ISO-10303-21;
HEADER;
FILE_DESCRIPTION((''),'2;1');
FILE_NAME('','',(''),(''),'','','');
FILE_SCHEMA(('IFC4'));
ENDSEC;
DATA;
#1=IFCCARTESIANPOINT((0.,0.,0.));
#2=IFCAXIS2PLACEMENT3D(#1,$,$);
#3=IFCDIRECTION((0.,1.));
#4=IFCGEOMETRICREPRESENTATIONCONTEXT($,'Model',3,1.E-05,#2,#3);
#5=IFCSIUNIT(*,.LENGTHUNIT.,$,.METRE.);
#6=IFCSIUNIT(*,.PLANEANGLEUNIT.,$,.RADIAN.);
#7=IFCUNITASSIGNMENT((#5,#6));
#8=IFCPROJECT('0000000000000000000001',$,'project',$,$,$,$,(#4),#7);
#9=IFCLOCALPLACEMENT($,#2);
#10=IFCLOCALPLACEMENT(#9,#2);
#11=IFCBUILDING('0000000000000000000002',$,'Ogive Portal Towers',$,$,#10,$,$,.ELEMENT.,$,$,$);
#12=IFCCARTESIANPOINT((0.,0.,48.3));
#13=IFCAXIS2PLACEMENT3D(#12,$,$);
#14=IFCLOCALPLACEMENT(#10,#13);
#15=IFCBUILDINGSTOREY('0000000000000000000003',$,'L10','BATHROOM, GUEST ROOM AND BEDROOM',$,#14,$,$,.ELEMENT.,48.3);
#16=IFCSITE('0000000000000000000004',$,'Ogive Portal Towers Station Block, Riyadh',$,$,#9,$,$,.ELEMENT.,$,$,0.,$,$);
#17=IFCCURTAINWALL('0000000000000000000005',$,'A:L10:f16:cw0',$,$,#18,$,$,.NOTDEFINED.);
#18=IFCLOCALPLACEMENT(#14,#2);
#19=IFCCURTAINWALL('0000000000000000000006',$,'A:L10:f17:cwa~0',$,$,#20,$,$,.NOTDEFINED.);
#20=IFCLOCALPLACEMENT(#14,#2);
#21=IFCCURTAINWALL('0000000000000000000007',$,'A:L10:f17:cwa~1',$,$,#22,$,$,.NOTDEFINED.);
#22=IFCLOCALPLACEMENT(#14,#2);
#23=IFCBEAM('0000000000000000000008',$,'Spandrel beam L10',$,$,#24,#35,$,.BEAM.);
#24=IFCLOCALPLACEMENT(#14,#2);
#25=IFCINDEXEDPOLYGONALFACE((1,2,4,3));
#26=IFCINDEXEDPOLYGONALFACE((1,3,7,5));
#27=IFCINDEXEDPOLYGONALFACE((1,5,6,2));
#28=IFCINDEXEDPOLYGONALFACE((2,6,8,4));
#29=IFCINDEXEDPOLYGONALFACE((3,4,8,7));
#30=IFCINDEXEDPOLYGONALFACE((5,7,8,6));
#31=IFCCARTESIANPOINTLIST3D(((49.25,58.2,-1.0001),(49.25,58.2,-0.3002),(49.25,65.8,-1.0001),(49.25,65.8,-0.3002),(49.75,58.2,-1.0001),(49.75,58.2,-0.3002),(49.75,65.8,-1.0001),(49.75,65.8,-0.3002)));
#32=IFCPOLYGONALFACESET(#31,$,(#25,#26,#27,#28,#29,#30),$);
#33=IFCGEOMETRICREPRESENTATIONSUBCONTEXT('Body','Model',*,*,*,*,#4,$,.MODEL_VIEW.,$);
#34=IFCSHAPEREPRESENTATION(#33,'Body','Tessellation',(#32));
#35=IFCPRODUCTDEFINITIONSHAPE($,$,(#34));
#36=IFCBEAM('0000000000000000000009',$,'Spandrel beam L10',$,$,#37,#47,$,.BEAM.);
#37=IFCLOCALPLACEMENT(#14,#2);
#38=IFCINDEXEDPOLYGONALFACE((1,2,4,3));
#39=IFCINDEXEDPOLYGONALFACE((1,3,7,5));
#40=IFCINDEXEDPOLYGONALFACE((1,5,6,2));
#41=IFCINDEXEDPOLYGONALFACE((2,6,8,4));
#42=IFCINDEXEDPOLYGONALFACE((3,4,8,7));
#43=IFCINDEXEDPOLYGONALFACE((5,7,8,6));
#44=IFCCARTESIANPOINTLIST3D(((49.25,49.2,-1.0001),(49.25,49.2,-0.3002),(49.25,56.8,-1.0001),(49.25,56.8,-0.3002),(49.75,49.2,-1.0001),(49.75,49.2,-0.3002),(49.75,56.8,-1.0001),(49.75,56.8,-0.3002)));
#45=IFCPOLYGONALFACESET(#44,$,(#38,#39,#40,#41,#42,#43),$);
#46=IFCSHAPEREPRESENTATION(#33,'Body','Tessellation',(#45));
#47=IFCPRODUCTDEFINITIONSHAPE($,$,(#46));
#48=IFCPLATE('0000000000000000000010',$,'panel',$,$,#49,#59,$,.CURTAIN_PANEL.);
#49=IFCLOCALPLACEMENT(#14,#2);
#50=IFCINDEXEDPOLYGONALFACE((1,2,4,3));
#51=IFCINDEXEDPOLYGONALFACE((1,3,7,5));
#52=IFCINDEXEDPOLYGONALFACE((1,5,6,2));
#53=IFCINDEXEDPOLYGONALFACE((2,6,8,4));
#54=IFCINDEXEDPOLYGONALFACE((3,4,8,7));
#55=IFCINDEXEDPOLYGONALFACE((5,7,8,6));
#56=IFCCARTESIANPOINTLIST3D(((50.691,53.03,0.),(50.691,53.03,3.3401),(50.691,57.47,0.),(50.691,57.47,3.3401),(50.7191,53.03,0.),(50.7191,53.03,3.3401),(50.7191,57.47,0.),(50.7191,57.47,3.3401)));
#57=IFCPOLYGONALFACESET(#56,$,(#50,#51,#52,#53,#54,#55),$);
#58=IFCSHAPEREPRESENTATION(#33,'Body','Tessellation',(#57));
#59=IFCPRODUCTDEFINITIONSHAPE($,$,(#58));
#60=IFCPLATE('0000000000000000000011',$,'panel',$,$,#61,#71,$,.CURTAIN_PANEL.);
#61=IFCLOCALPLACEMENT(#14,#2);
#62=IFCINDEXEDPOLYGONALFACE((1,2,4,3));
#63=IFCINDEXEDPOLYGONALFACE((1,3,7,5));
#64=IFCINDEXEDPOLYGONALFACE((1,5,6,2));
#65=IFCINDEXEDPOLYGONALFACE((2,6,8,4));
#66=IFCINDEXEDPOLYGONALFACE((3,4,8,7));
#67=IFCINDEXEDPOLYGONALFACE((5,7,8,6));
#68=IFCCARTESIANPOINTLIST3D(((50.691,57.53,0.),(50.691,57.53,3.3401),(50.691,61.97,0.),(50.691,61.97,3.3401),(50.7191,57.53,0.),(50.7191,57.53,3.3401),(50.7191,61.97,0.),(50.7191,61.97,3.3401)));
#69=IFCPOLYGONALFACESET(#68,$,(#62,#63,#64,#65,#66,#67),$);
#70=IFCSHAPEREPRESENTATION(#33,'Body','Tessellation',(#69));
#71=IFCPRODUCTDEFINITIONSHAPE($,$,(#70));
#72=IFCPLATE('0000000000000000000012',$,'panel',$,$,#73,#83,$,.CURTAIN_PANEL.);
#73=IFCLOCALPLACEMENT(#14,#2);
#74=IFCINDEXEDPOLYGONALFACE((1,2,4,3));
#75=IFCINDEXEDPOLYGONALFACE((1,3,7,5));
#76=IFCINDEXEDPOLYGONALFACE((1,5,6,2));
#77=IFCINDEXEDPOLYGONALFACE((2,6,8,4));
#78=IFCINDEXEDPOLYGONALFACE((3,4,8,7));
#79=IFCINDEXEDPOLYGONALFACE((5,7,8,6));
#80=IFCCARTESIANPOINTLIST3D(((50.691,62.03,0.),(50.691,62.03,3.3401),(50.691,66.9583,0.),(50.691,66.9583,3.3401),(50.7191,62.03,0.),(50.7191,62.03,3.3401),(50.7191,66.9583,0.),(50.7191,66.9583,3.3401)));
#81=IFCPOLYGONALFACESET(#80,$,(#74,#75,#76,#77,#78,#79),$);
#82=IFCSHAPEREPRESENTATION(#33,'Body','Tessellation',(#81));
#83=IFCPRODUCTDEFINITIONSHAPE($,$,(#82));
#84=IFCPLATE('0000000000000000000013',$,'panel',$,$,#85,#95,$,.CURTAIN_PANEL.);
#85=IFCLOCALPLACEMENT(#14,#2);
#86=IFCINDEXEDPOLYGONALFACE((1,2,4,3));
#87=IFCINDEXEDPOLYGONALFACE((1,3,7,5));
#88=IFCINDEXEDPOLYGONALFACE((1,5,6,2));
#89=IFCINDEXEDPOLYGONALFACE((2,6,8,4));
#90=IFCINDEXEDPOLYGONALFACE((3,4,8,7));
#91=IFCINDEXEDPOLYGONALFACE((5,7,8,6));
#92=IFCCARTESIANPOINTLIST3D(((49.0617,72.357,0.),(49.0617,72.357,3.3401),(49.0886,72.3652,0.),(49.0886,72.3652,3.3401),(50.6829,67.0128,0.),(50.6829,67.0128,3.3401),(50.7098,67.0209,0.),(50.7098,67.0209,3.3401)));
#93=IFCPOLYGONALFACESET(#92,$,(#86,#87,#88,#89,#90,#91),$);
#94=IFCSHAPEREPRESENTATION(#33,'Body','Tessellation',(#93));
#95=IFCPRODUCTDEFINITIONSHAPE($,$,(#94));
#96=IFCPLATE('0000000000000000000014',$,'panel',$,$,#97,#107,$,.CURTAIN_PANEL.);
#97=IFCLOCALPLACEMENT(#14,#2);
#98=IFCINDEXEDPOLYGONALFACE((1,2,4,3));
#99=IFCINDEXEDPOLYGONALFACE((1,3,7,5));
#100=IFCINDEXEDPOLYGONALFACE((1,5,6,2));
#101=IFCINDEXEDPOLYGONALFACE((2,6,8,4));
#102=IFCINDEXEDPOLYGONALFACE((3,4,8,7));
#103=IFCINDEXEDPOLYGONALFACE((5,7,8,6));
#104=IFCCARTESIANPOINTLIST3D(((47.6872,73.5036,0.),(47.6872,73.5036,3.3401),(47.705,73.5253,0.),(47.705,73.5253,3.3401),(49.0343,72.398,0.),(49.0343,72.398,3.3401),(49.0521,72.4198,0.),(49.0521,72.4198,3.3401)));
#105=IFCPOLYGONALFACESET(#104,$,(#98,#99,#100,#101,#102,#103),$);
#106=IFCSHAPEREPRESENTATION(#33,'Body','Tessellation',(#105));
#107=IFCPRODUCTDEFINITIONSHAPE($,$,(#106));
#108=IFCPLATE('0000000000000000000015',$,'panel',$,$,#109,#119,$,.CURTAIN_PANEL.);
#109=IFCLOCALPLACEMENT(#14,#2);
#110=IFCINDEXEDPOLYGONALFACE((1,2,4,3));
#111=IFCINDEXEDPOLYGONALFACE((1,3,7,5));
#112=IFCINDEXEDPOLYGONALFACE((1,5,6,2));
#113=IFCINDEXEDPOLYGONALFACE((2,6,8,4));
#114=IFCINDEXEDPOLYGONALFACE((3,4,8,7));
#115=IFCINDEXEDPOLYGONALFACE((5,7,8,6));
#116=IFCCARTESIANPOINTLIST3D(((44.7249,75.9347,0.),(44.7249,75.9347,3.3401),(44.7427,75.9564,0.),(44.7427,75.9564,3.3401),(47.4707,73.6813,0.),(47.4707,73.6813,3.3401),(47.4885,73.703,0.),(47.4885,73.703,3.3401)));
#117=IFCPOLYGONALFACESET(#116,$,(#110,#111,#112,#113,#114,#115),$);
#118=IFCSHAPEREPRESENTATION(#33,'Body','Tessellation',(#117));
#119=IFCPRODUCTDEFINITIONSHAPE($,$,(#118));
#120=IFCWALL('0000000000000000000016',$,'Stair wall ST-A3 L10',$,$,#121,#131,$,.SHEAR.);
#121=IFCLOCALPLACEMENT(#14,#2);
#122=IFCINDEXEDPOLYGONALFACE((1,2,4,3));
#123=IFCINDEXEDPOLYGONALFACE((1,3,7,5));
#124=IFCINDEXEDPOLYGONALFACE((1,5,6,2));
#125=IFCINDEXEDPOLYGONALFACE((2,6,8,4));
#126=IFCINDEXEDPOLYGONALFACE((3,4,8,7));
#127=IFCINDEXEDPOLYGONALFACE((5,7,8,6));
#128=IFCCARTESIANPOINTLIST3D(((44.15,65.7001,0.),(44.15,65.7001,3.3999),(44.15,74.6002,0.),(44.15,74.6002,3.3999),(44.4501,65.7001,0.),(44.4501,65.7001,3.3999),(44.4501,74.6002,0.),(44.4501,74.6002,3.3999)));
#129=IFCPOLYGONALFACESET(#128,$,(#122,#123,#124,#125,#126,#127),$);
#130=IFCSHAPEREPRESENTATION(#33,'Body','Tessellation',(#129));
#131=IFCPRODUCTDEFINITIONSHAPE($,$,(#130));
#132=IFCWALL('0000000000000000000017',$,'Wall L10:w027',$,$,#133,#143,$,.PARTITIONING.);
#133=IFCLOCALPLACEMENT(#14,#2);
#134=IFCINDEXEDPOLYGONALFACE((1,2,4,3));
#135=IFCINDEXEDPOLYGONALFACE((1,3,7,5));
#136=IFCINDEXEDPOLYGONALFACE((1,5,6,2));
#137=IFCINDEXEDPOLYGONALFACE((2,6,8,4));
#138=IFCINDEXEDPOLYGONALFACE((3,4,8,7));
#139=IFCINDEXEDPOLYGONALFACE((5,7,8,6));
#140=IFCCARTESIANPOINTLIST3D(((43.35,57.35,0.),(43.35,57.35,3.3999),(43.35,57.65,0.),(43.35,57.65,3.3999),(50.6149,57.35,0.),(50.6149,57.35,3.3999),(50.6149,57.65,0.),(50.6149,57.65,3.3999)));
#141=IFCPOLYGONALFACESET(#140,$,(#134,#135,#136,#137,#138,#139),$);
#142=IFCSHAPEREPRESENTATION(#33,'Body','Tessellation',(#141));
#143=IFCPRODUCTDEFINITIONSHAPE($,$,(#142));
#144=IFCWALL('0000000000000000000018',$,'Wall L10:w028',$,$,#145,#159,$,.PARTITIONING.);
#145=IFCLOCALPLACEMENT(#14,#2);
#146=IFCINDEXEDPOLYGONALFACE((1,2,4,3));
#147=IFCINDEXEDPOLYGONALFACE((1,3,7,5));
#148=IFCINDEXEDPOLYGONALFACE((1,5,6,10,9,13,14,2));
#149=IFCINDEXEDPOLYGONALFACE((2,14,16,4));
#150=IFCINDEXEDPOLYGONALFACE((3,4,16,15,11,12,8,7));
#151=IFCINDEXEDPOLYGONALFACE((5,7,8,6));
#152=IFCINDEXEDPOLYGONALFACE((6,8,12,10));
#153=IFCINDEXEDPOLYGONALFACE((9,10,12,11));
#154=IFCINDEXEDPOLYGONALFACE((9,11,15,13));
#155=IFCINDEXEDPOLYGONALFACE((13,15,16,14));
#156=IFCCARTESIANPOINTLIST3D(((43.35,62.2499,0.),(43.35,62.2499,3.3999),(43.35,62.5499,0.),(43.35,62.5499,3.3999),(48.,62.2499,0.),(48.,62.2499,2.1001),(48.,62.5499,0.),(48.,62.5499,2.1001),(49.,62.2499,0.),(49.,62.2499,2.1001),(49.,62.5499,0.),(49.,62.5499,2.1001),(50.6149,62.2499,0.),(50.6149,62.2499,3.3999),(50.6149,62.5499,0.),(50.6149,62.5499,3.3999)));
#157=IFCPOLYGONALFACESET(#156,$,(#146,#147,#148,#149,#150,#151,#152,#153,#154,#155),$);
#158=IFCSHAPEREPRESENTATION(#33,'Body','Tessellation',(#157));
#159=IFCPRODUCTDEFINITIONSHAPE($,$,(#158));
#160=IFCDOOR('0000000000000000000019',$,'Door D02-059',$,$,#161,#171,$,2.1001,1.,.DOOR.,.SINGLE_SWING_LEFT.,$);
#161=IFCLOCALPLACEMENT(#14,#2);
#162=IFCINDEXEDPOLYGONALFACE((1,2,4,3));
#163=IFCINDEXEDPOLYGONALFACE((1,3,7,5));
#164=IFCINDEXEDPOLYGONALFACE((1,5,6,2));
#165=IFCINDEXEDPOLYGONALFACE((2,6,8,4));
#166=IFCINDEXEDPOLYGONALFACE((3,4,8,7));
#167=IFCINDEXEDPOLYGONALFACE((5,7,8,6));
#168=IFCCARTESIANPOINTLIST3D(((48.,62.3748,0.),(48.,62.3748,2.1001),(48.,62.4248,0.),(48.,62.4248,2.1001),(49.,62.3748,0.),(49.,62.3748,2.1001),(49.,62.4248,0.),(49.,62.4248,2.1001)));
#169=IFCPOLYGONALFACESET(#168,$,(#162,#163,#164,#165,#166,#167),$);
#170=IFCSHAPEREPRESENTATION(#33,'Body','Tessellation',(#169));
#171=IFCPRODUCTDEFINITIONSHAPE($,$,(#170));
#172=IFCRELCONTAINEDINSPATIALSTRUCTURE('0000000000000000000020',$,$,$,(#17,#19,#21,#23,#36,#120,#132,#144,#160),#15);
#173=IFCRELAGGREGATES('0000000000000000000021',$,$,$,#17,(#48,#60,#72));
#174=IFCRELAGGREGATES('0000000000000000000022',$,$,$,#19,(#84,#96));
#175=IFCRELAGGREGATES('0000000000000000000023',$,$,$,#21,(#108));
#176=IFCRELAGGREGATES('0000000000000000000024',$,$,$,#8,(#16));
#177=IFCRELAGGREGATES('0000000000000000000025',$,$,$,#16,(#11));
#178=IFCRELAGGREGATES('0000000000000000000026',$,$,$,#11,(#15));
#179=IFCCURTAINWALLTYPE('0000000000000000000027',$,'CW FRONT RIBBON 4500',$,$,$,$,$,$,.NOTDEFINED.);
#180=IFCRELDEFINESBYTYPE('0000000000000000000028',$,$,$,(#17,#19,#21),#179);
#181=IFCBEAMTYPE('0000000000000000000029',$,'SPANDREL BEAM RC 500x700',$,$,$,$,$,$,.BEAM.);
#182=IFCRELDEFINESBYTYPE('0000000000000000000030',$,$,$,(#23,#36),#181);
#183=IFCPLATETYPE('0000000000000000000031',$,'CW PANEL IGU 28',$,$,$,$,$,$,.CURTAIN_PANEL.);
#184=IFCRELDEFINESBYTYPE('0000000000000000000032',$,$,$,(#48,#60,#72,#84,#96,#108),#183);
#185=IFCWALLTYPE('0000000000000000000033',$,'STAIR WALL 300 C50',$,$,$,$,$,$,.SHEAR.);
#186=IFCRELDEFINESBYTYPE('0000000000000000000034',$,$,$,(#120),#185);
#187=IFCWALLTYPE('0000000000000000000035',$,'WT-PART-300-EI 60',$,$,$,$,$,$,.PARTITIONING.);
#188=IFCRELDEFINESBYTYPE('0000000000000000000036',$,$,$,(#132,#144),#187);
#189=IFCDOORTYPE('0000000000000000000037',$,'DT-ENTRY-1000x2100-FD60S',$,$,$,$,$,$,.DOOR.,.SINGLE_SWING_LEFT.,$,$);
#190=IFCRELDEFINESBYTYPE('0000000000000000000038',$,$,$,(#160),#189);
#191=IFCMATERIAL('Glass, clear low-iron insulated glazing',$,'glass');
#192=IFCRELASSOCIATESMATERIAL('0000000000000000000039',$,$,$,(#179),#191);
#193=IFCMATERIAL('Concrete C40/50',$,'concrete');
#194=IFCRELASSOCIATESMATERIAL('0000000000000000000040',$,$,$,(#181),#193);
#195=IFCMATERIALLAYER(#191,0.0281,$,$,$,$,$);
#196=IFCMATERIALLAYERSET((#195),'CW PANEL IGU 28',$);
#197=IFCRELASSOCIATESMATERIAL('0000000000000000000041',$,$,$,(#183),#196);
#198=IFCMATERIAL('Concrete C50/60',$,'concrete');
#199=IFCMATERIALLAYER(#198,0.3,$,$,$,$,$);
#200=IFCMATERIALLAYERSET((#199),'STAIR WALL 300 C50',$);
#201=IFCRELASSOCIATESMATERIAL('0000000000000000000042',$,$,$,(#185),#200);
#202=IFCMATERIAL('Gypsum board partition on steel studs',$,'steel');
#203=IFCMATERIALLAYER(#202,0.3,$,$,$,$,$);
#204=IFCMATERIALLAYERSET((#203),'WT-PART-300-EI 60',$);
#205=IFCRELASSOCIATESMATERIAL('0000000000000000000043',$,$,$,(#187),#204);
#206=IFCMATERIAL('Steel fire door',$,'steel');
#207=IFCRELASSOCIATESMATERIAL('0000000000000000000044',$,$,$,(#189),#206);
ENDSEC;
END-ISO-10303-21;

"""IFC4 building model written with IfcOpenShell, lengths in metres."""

from ifc_helpers import new_model, si_unit, direction, frame, frame_2d, origin, origin_2d, place, context, subcontext, project, spatial, rectangle, extrude, material, layer, layer_set, material_profile, profile_set, type_object, element, fill, aggregate, save


model = new_model("IFC4")

# Units and contexts
model_context = context("Model", 3, precision=1e-05, world=origin(), true_north=direction((0.0, 1.0)))
body_context = subcontext(model_context, "Body", "Model", "MODEL_VIEW")
ifc_project = project(units=[si_unit("LENGTHUNIT", "METRE"), si_unit("PLANEANGLEUNIT", "RADIAN")], contexts=[model_context])

# Site, building, storey
site_placement = place(None, origin())
site = spatial("IfcSite", under=ifc_project, at=site_placement, Name="Ogive Portal Towers Station Block, Riyadh", CompositionType="ELEMENT", RefElevation=0.0)
building_placement = place(site_placement, origin())
building = spatial("IfcBuilding", under=site, at=building_placement, Name="Ogive Portal Towers", CompositionType="ELEMENT")
storey_placement = place(building_placement, frame((0.0, 0.0, 48.3)))
storey = spatial("IfcBuildingStorey", under=building, at=storey_placement, Name="L10", Description="BATHROOM, GUEST ROOM AND BEDROOM", CompositionType="ELEMENT", Elevation=48.3)

# Curtain walls
ifc_material_1 = material(Name="Glass, clear low-iron insulated glazing", Category="glass")
curtain_wall_type = type_object("IfcCurtainWallType", Name="CW FRONT RIBBON 4500", PredefinedType="NOTDEFINED", material=ifc_material_1)
curtain_wall_1_placement = place(storey_placement, origin())
curtain_wall_1 = element("IfcCurtainWall", 1, at=curtain_wall_1_placement, inside=storey, type_object=curtain_wall_type, Name="A:L10:f16:cw0", PredefinedType="NOTDEFINED")
curtain_wall_2_placement = place(storey_placement, origin())
curtain_wall_2 = element("IfcCurtainWall", 2, at=curtain_wall_2_placement, inside=storey, type_object=curtain_wall_type, Name="A:L10:f17:cwa~0", PredefinedType="NOTDEFINED")
curtain_wall_3_placement = place(storey_placement, origin())
curtain_wall_3 = element("IfcCurtainWall", 3, at=curtain_wall_3_placement, inside=storey, type_object=curtain_wall_type, Name="A:L10:f17:cwa~1", PredefinedType="NOTDEFINED")

# Beams
ifc_material_2 = material(Name="Concrete C40/50", Category="concrete")
ifc_material_profile_1 = material_profile(ifc_material_2, rectangle(XDim=0.5, YDim=0.7, at=origin_2d()), Name="RC 500x700")
ifc_profile_set_1 = profile_set([ifc_material_profile_1], Name="Concrete C40/50")
beam_type = type_object("IfcBeamType", Name="SPANDREL BEAM RC 500x700", PredefinedType="BEAM", material=ifc_profile_set_1)
for number, where, z_axis, x_axis, name in (
    (4, (49.5, 65.8, -0.6501), (0.0, -1.0, 0.0), (1.0, 0.0, 0.0), "Spandrel beam L10"),
    (5, (49.5, 56.8, -0.6501), (0.0, -1.0, 0.0), (1.0, 0.0, 0.0), "Spandrel beam L10"),
):
    element("IfcBeam", number, at=place(storey_placement, frame(where, z_axis=z_axis, x_axis=x_axis)), inside=storey, type_object=beam_type, Name=name, PredefinedType="BEAM", context=body_context, shape_type="SweptSolid", body=[
        extrude(rectangle(XDim=0.5, YDim=0.7, at=origin_2d()), origin(), (0.0, 0.0, 1.0), 7.6001),
    ])

# Plates
ifc_layer_1 = layer(ifc_material_1, 0.0281)
ifc_layer_set_1 = layer_set([ifc_layer_1], Name="CW PANEL IGU 28")
plate_type = type_object("IfcPlateType", Name="CW PANEL IGU 28", PredefinedType="CURTAIN_PANEL", material=ifc_layer_set_1)
plate_1_placement = place(storey_placement, frame((50.7051, 55.25, 0.0), z_axis=(0.0, 0.0, 1.0), x_axis=(0.0, 1.0, 0.0)))
plate_1 = element("IfcPlate", 6, at=plate_1_placement, type_object=plate_type, Name="panel", PredefinedType="CURTAIN_PANEL", context=body_context, shape_type="SweptSolid", body=[
    extrude(rectangle(XDim=4.4399, YDim=0.0281, at=origin_2d()), origin(), (0.0, 0.0, 1.0), 3.3401),
])
plate_2_placement = place(storey_placement, frame((50.7051, 59.75, 0.0), z_axis=(0.0, 0.0, 1.0), x_axis=(0.0, 1.0, 0.0)))
plate_2 = element("IfcPlate", 7, at=plate_2_placement, type_object=plate_type, Name="panel", PredefinedType="CURTAIN_PANEL", context=body_context, shape_type="SweptSolid", body=[
    extrude(rectangle(XDim=4.4399, YDim=0.0281, at=origin_2d()), origin(), (0.0, 0.0, 1.0), 3.3401),
])
plate_3_placement = place(storey_placement, frame((50.7051, 64.4941, 0.0), z_axis=(0.0, 0.0, 1.0), x_axis=(0.0, 1.0, 0.0)))
plate_3 = element("IfcPlate", 8, at=plate_3_placement, type_object=plate_type, Name="panel", PredefinedType="CURTAIN_PANEL", context=body_context, shape_type="SweptSolid", body=[
    extrude(rectangle(XDim=4.9282, YDim=0.0281, at=origin_2d()), origin(), (0.0, 0.0, 1.0), 3.3401),
])
aggregate(curtain_wall_1, [plate_1, plate_2, plate_3])
plate_4_placement = place(storey_placement, frame((49.8857, 69.689, 0.0), z_axis=(0.0, 0.0, 1.0), x_axis=(-0.290285, 0.95694, 0.0)))
plate_4 = element("IfcPlate", 9, at=plate_4_placement, type_object=plate_type, Name="panel", PredefinedType="CURTAIN_PANEL", context=body_context, shape_type="SweptSolid", body=[
    extrude(rectangle(XDim=5.5847, YDim=0.0281, at=origin_2d()), origin(), (0.0, 0.0, 1.0), 3.3401),
])
plate_5_placement = place(storey_placement, frame((48.3696, 72.9617, 0.0), z_axis=(0.0, 0.0, 1.0), x_axis=(-0.77301, 0.634393, 0.0)))
plate_5 = element("IfcPlate", 10, at=plate_5_placement, type_object=plate_type, Name="panel", PredefinedType="CURTAIN_PANEL", context=body_context, shape_type="SweptSolid", body=[
    extrude(rectangle(XDim=1.7427, YDim=0.0281, at=origin_2d()), origin(), (0.0, 0.0, 1.0), 3.3401),
])
aggregate(curtain_wall_2, [plate_4, plate_5])
plate_6_placement = place(storey_placement, frame((46.1067, 74.8188, 0.0), z_axis=(0.0, 0.0, 1.0), x_axis=(-0.77301, 0.634393, 0.0)))
plate_6 = element("IfcPlate", 11, at=plate_6_placement, type_object=plate_type, Name="panel", PredefinedType="CURTAIN_PANEL", context=body_context, shape_type="SweptSolid", body=[
    extrude(rectangle(XDim=3.552, YDim=0.0281, at=origin_2d()), origin(), (0.0, 0.0, 1.0), 3.3401),
])
aggregate(curtain_wall_3, [plate_6])

# Walls
ifc_material_3 = material(Name="Concrete C50/60", Category="concrete")
ifc_layer_2 = layer(ifc_material_3, 0.3)
ifc_layer_set_2 = layer_set([ifc_layer_2], Name="STAIR WALL 300 C50")
wall_type_1 = type_object("IfcWallType", Name="STAIR WALL 300 C50", PredefinedType="SHEAR", material=ifc_layer_set_2)
wall_1_placement = place(storey_placement, frame((44.3, 65.7, 0.0), z_axis=(0.0, 0.0, 1.0), x_axis=(0.0, 1.0, 0.0)))
element("IfcWall", 12, at=wall_1_placement, inside=storey, type_object=wall_type_1, Name="Stair wall ST-A3 L10", PredefinedType="SHEAR", context=body_context, shape_type="SweptSolid", body=[
    extrude(rectangle(XDim=8.9001, YDim=0.3, at=frame_2d((4.4502, 0.0))), origin(), (0.0, 0.0, 1.0), 3.3999),
])
ifc_material_4 = material(Name="Gypsum board partition on steel studs", Category="steel")
ifc_layer_3 = layer(ifc_material_4, 0.3)
ifc_layer_set_3 = layer_set([ifc_layer_3], Name="WT-PART-300-EI 60")
wall_type_2 = type_object("IfcWallType", Name="WT-PART-300-EI 60", PredefinedType="PARTITIONING", material=ifc_layer_set_3)
wall_2_placement = place(storey_placement, frame((43.3501, 57.5, 0.0), z_axis=(0.0, 0.0, 1.0), x_axis=(1.0, 0.0, 0.0)))
element("IfcWall", 13, at=wall_2_placement, inside=storey, type_object=wall_type_2, Name="Wall L10:w027", PredefinedType="PARTITIONING", context=body_context, shape_type="SweptSolid", body=[
    extrude(rectangle(XDim=7.2649, YDim=0.3, at=frame_2d((3.6323, 0.0))), origin(), (0.0, 0.0, 1.0), 3.3999),
])

# Wall, opening, door
wall_3_placement = place(storey_placement, frame((43.3501, 62.3999, 0.0), z_axis=(0.0, 0.0, 1.0), x_axis=(1.0, 0.0, 0.0)))
wall_3 = element("IfcWall", 14, at=wall_3_placement, inside=storey, type_object=wall_type_2, Name="Wall L10:w028", PredefinedType="PARTITIONING", context=body_context, shape_type="SweptSolid", body=[
    extrude(rectangle(XDim=7.2649, YDim=0.3, at=frame_2d((3.6323, 0.0))), origin(), (0.0, 0.0, 1.0), 3.3999),
])
opening_1_placement = place(wall_3_placement, frame((4.6499, 0.0, 0.0)))
opening_1 = element("IfcOpeningElement", 15, at=opening_1_placement, cuts=wall_3, PredefinedType="OPENING", context=body_context, shape_type="SweptSolid", body=[
    extrude(rectangle(XDim=1.0, YDim=2.1001, at=frame_2d((0.5, 1.05))), frame((0.0, 0.1602, 0.0), z_axis=(0.0, -1.0, 0.0), x_axis=(1.0, 0.0, 0.0)), (0.0, 0.0, 1.0), 0.3201),
])
ifc_material_5 = material(Name="Steel fire door", Category="steel")
door_type_1 = type_object("IfcDoorType", Name="DT-ENTRY-1000x2100-FD60S", OperationType="SINGLE_SWING_LEFT", PredefinedType="DOOR", material=ifc_material_5)
door_1_placement = place(opening_1_placement, origin())
door_1 = element("IfcDoor", 16, at=door_1_placement, inside=storey, type_object=door_type_1, Name="Door D02-059", OperationType="SINGLE_SWING_LEFT", OverallHeight=2.1001, OverallWidth=1.0, PredefinedType="DOOR", context=body_context, shape_type="SweptSolid", body=[
    extrude(rectangle(XDim=1.0, YDim=2.1001, at=frame_2d((0.5, 1.05))), frame((0.0, 0.0249, 0.0), z_axis=(0.0, -1.0, 0.0), x_axis=(1.0, 0.0, 0.0)), (0.0, 0.0, 1.0), 0.05),
])
fill(opening_1, door_1)

save(model, "model.ifc")
